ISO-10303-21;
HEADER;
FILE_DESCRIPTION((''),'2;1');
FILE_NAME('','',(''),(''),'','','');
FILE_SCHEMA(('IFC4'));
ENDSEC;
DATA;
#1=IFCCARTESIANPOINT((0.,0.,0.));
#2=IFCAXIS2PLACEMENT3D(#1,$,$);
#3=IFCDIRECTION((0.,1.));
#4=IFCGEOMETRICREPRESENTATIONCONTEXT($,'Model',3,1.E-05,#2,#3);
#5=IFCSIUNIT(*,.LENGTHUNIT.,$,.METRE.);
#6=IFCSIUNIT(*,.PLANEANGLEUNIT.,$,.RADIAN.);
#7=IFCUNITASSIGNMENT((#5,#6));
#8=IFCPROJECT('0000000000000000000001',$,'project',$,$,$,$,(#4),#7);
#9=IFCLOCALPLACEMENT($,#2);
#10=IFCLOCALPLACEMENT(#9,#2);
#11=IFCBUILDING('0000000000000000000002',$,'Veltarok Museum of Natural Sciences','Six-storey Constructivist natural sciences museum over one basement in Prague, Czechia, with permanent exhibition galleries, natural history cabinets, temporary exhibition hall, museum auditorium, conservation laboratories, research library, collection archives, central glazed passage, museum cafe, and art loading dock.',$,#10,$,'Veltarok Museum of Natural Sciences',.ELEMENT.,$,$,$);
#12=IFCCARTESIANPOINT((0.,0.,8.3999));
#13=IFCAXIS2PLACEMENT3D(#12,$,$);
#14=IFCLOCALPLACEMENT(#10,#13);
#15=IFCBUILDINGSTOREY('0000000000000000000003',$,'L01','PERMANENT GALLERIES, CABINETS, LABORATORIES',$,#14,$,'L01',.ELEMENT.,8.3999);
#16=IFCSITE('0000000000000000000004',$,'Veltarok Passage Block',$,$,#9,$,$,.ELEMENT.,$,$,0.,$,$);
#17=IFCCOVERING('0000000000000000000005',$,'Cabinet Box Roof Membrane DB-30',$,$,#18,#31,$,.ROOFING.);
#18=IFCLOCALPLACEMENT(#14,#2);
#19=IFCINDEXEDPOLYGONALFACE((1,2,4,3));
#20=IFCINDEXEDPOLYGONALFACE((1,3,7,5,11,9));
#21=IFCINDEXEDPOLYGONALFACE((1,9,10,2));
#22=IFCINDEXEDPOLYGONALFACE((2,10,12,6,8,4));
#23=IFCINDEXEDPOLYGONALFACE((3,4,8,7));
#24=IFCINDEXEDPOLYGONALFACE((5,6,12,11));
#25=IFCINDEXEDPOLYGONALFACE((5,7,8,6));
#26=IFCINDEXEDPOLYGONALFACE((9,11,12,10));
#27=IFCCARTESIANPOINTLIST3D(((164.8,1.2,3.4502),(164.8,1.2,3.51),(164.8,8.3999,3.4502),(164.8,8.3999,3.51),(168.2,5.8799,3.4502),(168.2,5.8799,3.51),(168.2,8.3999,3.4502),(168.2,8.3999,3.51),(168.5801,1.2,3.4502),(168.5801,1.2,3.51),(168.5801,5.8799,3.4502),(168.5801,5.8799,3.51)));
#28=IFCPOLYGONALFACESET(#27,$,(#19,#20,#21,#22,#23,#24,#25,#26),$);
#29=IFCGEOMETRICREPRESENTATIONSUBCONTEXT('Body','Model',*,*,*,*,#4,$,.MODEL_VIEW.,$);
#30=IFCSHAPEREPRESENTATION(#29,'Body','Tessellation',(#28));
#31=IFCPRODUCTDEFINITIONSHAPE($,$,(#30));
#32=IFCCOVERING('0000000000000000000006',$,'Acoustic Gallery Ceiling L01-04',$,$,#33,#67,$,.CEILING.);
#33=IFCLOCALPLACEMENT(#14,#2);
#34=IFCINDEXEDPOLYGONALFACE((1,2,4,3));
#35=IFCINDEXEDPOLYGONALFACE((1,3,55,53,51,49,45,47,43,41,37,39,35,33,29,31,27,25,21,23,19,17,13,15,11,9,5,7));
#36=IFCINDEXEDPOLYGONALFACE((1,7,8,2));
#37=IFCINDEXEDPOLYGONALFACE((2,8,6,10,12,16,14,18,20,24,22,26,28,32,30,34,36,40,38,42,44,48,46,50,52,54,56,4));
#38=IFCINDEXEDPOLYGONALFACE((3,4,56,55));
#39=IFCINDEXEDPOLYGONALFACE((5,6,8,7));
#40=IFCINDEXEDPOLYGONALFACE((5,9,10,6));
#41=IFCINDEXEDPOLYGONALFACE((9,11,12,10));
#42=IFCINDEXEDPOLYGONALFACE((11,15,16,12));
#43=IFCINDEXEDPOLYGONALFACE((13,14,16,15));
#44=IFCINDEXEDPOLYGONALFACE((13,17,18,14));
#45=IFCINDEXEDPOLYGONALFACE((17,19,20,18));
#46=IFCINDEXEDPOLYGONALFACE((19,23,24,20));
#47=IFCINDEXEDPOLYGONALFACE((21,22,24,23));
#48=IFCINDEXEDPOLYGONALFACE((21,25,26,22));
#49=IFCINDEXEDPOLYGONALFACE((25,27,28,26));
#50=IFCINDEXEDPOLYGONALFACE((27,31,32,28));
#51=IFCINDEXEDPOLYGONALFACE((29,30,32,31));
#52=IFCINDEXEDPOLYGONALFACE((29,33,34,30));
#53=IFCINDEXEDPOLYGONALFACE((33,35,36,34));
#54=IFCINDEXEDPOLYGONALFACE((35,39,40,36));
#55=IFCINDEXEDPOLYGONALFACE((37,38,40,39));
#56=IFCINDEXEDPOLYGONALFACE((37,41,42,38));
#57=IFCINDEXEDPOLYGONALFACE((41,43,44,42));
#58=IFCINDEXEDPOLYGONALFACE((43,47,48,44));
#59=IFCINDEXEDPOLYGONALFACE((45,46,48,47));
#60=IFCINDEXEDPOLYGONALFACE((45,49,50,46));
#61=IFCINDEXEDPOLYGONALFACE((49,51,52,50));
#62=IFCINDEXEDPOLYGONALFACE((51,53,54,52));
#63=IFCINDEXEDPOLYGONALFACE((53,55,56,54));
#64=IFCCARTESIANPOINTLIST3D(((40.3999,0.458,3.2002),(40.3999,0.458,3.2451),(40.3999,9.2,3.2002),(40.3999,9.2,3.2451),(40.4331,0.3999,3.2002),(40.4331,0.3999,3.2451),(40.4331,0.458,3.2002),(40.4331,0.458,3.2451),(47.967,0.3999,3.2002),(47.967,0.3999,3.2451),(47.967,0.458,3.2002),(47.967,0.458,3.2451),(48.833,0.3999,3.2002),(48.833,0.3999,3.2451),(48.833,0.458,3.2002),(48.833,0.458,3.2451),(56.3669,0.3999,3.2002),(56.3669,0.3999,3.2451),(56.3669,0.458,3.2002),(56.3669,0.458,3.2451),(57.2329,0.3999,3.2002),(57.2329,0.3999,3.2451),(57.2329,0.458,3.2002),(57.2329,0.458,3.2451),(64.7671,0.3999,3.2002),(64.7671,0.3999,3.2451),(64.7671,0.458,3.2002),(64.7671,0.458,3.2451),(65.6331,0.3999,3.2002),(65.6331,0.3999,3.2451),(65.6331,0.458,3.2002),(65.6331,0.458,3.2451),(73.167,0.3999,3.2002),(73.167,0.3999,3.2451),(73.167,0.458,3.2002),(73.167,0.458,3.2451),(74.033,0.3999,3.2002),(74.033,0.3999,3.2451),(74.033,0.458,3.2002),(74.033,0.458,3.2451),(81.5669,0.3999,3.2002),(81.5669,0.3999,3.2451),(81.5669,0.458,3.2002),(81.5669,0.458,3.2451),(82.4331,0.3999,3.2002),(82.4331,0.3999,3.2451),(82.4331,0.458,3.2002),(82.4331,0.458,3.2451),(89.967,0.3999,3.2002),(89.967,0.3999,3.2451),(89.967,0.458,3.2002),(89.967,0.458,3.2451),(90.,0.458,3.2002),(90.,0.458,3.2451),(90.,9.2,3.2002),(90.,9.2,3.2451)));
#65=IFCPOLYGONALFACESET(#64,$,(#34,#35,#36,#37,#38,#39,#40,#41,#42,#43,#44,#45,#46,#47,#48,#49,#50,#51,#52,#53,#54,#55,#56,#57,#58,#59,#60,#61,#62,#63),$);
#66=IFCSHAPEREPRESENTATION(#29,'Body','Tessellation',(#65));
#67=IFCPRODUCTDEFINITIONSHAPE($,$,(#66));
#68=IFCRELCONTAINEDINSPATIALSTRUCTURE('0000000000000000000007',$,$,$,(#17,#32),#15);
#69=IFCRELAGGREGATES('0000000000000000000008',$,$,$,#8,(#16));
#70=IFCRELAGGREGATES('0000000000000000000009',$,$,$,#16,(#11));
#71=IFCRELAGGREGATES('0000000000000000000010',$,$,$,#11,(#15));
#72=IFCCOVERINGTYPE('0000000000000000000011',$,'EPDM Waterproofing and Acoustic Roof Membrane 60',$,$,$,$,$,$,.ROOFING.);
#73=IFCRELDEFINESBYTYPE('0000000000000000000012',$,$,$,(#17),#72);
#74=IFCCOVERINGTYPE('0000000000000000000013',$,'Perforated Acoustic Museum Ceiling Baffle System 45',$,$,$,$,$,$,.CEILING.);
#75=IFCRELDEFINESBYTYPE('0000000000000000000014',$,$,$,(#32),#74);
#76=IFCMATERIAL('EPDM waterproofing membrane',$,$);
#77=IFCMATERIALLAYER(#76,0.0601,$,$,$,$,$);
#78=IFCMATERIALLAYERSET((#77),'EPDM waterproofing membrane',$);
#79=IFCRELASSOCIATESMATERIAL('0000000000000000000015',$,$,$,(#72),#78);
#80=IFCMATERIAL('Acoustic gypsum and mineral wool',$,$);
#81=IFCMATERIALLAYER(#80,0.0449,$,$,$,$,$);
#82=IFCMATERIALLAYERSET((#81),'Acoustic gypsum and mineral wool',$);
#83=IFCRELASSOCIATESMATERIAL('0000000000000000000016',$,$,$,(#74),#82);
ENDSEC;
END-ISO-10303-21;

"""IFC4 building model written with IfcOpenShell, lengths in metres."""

from ifc_helpers import new_model, si_unit, direction, frame, origin, place, context, subcontext, project, spatial, polyline, outline, extrude, material, layer, layer_set, type_object, element, save


model = new_model("IFC4")

# Units and contexts
model_context = context("Model", 3, precision=1e-05, world=origin(), true_north=direction((0.0, 1.0)))
body_context = subcontext(model_context, "Body", "Model", "MODEL_VIEW")
ifc_project = project(units=[si_unit("LENGTHUNIT", "METRE"), si_unit("PLANEANGLEUNIT", "RADIAN")], contexts=[model_context])

# Site, building, storey
site_placement = place(None, origin())
site = spatial("IfcSite", under=ifc_project, at=site_placement, Name="Veltarok Passage Block", CompositionType="ELEMENT", RefElevation=0.0)
building_placement = place(site_placement, origin())
building = spatial("IfcBuilding", under=site, at=building_placement, Name="Veltarok Museum of Natural Sciences", Description="Six-storey Constructivist natural sciences museum over one basement in Prague, Czechia, with permanent exhibition galleries, natural history cabinets, temporary exhibition hall, museum auditorium, conservation laboratories, research library, collection archives, central glazed passage, museum cafe, and art loading dock.", LongName="Veltarok Museum of Natural Sciences", CompositionType="ELEMENT")
storey_placement = place(building_placement, frame((0.0, 0.0, 8.3999)))
storey = spatial("IfcBuildingStorey", under=building, at=storey_placement, Name="L01", Description="PERMANENT GALLERIES, CABINETS, LABORATORIES", LongName="L01", CompositionType="ELEMENT", Elevation=8.3999)

# Coverings
ifc_material_1 = material(Name="EPDM waterproofing membrane")
ifc_layer_1 = layer(ifc_material_1, 0.0601)
ifc_layer_set_1 = layer_set([ifc_layer_1], Name="EPDM waterproofing membrane")
covering_type_1 = type_object("IfcCoveringType", Name="EPDM Waterproofing and Acoustic Roof Membrane 60", PredefinedType="ROOFING", material=ifc_layer_set_1)
covering_1_placement = place(storey_placement, frame((0.0, 0.0, 3.4502)))
element("IfcCovering", 1, at=covering_1_placement, inside=storey, type_object=covering_type_1, Name="Cabinet Box Roof Membrane DB-30", PredefinedType="ROOFING", context=body_context, shape_type="SweptSolid", body=[
    extrude(outline(polyline([(164.8, 1.2), (168.5801, 1.2), (168.5801, 5.8799), (168.2, 5.8799), (168.2, 8.3999), (164.8, 8.3999), (164.8, 1.2)])), origin(), (0.0, 0.0, 1.0), 0.0598),
])
ifc_material_2 = material(Name="Acoustic gypsum and mineral wool")
ifc_layer_2 = layer(ifc_material_2, 0.0449)
ifc_layer_set_2 = layer_set([ifc_layer_2], Name="Acoustic gypsum and mineral wool")
covering_type_2 = type_object("IfcCoveringType", Name="Perforated Acoustic Museum Ceiling Baffle System 45", PredefinedType="CEILING", material=ifc_layer_set_2)
covering_2_placement = place(storey_placement, frame((0.0, 0.0, 3.2002)))
element("IfcCovering", 2, at=covering_2_placement, inside=storey, type_object=covering_type_2, Name="Acoustic Gallery Ceiling L01-04", PredefinedType="CEILING", context=body_context, shape_type="SweptSolid", body=[
    extrude(outline(polyline([(40.3999, 9.2), (90.0, 9.2), (90.0, 0.458), (89.967, 0.458), (89.967, 0.3999), (82.4331, 0.3999), (82.4331, 0.458), (81.5669, 0.458), (81.5669, 0.3999), (74.033, 0.3999), (74.033, 0.458), (73.167, 0.458), (73.167, 0.3999), (65.6331, 0.3999), (65.6331, 0.458), (64.7671, 0.458), (64.7671, 0.3999), (57.2329, 0.3999), (57.2329, 0.458), (56.3669, 0.458), (56.3669, 0.3999), (48.833, 0.3999), (48.833, 0.458), (47.967, 0.458), (47.967, 0.3999), (40.4331, 0.3999), (40.4331, 0.458), (40.3999, 0.458), (40.3999, 9.2)])), origin(), (0.0, 0.0, 1.0), 0.0449),
])

save(model, "model.ifc")
